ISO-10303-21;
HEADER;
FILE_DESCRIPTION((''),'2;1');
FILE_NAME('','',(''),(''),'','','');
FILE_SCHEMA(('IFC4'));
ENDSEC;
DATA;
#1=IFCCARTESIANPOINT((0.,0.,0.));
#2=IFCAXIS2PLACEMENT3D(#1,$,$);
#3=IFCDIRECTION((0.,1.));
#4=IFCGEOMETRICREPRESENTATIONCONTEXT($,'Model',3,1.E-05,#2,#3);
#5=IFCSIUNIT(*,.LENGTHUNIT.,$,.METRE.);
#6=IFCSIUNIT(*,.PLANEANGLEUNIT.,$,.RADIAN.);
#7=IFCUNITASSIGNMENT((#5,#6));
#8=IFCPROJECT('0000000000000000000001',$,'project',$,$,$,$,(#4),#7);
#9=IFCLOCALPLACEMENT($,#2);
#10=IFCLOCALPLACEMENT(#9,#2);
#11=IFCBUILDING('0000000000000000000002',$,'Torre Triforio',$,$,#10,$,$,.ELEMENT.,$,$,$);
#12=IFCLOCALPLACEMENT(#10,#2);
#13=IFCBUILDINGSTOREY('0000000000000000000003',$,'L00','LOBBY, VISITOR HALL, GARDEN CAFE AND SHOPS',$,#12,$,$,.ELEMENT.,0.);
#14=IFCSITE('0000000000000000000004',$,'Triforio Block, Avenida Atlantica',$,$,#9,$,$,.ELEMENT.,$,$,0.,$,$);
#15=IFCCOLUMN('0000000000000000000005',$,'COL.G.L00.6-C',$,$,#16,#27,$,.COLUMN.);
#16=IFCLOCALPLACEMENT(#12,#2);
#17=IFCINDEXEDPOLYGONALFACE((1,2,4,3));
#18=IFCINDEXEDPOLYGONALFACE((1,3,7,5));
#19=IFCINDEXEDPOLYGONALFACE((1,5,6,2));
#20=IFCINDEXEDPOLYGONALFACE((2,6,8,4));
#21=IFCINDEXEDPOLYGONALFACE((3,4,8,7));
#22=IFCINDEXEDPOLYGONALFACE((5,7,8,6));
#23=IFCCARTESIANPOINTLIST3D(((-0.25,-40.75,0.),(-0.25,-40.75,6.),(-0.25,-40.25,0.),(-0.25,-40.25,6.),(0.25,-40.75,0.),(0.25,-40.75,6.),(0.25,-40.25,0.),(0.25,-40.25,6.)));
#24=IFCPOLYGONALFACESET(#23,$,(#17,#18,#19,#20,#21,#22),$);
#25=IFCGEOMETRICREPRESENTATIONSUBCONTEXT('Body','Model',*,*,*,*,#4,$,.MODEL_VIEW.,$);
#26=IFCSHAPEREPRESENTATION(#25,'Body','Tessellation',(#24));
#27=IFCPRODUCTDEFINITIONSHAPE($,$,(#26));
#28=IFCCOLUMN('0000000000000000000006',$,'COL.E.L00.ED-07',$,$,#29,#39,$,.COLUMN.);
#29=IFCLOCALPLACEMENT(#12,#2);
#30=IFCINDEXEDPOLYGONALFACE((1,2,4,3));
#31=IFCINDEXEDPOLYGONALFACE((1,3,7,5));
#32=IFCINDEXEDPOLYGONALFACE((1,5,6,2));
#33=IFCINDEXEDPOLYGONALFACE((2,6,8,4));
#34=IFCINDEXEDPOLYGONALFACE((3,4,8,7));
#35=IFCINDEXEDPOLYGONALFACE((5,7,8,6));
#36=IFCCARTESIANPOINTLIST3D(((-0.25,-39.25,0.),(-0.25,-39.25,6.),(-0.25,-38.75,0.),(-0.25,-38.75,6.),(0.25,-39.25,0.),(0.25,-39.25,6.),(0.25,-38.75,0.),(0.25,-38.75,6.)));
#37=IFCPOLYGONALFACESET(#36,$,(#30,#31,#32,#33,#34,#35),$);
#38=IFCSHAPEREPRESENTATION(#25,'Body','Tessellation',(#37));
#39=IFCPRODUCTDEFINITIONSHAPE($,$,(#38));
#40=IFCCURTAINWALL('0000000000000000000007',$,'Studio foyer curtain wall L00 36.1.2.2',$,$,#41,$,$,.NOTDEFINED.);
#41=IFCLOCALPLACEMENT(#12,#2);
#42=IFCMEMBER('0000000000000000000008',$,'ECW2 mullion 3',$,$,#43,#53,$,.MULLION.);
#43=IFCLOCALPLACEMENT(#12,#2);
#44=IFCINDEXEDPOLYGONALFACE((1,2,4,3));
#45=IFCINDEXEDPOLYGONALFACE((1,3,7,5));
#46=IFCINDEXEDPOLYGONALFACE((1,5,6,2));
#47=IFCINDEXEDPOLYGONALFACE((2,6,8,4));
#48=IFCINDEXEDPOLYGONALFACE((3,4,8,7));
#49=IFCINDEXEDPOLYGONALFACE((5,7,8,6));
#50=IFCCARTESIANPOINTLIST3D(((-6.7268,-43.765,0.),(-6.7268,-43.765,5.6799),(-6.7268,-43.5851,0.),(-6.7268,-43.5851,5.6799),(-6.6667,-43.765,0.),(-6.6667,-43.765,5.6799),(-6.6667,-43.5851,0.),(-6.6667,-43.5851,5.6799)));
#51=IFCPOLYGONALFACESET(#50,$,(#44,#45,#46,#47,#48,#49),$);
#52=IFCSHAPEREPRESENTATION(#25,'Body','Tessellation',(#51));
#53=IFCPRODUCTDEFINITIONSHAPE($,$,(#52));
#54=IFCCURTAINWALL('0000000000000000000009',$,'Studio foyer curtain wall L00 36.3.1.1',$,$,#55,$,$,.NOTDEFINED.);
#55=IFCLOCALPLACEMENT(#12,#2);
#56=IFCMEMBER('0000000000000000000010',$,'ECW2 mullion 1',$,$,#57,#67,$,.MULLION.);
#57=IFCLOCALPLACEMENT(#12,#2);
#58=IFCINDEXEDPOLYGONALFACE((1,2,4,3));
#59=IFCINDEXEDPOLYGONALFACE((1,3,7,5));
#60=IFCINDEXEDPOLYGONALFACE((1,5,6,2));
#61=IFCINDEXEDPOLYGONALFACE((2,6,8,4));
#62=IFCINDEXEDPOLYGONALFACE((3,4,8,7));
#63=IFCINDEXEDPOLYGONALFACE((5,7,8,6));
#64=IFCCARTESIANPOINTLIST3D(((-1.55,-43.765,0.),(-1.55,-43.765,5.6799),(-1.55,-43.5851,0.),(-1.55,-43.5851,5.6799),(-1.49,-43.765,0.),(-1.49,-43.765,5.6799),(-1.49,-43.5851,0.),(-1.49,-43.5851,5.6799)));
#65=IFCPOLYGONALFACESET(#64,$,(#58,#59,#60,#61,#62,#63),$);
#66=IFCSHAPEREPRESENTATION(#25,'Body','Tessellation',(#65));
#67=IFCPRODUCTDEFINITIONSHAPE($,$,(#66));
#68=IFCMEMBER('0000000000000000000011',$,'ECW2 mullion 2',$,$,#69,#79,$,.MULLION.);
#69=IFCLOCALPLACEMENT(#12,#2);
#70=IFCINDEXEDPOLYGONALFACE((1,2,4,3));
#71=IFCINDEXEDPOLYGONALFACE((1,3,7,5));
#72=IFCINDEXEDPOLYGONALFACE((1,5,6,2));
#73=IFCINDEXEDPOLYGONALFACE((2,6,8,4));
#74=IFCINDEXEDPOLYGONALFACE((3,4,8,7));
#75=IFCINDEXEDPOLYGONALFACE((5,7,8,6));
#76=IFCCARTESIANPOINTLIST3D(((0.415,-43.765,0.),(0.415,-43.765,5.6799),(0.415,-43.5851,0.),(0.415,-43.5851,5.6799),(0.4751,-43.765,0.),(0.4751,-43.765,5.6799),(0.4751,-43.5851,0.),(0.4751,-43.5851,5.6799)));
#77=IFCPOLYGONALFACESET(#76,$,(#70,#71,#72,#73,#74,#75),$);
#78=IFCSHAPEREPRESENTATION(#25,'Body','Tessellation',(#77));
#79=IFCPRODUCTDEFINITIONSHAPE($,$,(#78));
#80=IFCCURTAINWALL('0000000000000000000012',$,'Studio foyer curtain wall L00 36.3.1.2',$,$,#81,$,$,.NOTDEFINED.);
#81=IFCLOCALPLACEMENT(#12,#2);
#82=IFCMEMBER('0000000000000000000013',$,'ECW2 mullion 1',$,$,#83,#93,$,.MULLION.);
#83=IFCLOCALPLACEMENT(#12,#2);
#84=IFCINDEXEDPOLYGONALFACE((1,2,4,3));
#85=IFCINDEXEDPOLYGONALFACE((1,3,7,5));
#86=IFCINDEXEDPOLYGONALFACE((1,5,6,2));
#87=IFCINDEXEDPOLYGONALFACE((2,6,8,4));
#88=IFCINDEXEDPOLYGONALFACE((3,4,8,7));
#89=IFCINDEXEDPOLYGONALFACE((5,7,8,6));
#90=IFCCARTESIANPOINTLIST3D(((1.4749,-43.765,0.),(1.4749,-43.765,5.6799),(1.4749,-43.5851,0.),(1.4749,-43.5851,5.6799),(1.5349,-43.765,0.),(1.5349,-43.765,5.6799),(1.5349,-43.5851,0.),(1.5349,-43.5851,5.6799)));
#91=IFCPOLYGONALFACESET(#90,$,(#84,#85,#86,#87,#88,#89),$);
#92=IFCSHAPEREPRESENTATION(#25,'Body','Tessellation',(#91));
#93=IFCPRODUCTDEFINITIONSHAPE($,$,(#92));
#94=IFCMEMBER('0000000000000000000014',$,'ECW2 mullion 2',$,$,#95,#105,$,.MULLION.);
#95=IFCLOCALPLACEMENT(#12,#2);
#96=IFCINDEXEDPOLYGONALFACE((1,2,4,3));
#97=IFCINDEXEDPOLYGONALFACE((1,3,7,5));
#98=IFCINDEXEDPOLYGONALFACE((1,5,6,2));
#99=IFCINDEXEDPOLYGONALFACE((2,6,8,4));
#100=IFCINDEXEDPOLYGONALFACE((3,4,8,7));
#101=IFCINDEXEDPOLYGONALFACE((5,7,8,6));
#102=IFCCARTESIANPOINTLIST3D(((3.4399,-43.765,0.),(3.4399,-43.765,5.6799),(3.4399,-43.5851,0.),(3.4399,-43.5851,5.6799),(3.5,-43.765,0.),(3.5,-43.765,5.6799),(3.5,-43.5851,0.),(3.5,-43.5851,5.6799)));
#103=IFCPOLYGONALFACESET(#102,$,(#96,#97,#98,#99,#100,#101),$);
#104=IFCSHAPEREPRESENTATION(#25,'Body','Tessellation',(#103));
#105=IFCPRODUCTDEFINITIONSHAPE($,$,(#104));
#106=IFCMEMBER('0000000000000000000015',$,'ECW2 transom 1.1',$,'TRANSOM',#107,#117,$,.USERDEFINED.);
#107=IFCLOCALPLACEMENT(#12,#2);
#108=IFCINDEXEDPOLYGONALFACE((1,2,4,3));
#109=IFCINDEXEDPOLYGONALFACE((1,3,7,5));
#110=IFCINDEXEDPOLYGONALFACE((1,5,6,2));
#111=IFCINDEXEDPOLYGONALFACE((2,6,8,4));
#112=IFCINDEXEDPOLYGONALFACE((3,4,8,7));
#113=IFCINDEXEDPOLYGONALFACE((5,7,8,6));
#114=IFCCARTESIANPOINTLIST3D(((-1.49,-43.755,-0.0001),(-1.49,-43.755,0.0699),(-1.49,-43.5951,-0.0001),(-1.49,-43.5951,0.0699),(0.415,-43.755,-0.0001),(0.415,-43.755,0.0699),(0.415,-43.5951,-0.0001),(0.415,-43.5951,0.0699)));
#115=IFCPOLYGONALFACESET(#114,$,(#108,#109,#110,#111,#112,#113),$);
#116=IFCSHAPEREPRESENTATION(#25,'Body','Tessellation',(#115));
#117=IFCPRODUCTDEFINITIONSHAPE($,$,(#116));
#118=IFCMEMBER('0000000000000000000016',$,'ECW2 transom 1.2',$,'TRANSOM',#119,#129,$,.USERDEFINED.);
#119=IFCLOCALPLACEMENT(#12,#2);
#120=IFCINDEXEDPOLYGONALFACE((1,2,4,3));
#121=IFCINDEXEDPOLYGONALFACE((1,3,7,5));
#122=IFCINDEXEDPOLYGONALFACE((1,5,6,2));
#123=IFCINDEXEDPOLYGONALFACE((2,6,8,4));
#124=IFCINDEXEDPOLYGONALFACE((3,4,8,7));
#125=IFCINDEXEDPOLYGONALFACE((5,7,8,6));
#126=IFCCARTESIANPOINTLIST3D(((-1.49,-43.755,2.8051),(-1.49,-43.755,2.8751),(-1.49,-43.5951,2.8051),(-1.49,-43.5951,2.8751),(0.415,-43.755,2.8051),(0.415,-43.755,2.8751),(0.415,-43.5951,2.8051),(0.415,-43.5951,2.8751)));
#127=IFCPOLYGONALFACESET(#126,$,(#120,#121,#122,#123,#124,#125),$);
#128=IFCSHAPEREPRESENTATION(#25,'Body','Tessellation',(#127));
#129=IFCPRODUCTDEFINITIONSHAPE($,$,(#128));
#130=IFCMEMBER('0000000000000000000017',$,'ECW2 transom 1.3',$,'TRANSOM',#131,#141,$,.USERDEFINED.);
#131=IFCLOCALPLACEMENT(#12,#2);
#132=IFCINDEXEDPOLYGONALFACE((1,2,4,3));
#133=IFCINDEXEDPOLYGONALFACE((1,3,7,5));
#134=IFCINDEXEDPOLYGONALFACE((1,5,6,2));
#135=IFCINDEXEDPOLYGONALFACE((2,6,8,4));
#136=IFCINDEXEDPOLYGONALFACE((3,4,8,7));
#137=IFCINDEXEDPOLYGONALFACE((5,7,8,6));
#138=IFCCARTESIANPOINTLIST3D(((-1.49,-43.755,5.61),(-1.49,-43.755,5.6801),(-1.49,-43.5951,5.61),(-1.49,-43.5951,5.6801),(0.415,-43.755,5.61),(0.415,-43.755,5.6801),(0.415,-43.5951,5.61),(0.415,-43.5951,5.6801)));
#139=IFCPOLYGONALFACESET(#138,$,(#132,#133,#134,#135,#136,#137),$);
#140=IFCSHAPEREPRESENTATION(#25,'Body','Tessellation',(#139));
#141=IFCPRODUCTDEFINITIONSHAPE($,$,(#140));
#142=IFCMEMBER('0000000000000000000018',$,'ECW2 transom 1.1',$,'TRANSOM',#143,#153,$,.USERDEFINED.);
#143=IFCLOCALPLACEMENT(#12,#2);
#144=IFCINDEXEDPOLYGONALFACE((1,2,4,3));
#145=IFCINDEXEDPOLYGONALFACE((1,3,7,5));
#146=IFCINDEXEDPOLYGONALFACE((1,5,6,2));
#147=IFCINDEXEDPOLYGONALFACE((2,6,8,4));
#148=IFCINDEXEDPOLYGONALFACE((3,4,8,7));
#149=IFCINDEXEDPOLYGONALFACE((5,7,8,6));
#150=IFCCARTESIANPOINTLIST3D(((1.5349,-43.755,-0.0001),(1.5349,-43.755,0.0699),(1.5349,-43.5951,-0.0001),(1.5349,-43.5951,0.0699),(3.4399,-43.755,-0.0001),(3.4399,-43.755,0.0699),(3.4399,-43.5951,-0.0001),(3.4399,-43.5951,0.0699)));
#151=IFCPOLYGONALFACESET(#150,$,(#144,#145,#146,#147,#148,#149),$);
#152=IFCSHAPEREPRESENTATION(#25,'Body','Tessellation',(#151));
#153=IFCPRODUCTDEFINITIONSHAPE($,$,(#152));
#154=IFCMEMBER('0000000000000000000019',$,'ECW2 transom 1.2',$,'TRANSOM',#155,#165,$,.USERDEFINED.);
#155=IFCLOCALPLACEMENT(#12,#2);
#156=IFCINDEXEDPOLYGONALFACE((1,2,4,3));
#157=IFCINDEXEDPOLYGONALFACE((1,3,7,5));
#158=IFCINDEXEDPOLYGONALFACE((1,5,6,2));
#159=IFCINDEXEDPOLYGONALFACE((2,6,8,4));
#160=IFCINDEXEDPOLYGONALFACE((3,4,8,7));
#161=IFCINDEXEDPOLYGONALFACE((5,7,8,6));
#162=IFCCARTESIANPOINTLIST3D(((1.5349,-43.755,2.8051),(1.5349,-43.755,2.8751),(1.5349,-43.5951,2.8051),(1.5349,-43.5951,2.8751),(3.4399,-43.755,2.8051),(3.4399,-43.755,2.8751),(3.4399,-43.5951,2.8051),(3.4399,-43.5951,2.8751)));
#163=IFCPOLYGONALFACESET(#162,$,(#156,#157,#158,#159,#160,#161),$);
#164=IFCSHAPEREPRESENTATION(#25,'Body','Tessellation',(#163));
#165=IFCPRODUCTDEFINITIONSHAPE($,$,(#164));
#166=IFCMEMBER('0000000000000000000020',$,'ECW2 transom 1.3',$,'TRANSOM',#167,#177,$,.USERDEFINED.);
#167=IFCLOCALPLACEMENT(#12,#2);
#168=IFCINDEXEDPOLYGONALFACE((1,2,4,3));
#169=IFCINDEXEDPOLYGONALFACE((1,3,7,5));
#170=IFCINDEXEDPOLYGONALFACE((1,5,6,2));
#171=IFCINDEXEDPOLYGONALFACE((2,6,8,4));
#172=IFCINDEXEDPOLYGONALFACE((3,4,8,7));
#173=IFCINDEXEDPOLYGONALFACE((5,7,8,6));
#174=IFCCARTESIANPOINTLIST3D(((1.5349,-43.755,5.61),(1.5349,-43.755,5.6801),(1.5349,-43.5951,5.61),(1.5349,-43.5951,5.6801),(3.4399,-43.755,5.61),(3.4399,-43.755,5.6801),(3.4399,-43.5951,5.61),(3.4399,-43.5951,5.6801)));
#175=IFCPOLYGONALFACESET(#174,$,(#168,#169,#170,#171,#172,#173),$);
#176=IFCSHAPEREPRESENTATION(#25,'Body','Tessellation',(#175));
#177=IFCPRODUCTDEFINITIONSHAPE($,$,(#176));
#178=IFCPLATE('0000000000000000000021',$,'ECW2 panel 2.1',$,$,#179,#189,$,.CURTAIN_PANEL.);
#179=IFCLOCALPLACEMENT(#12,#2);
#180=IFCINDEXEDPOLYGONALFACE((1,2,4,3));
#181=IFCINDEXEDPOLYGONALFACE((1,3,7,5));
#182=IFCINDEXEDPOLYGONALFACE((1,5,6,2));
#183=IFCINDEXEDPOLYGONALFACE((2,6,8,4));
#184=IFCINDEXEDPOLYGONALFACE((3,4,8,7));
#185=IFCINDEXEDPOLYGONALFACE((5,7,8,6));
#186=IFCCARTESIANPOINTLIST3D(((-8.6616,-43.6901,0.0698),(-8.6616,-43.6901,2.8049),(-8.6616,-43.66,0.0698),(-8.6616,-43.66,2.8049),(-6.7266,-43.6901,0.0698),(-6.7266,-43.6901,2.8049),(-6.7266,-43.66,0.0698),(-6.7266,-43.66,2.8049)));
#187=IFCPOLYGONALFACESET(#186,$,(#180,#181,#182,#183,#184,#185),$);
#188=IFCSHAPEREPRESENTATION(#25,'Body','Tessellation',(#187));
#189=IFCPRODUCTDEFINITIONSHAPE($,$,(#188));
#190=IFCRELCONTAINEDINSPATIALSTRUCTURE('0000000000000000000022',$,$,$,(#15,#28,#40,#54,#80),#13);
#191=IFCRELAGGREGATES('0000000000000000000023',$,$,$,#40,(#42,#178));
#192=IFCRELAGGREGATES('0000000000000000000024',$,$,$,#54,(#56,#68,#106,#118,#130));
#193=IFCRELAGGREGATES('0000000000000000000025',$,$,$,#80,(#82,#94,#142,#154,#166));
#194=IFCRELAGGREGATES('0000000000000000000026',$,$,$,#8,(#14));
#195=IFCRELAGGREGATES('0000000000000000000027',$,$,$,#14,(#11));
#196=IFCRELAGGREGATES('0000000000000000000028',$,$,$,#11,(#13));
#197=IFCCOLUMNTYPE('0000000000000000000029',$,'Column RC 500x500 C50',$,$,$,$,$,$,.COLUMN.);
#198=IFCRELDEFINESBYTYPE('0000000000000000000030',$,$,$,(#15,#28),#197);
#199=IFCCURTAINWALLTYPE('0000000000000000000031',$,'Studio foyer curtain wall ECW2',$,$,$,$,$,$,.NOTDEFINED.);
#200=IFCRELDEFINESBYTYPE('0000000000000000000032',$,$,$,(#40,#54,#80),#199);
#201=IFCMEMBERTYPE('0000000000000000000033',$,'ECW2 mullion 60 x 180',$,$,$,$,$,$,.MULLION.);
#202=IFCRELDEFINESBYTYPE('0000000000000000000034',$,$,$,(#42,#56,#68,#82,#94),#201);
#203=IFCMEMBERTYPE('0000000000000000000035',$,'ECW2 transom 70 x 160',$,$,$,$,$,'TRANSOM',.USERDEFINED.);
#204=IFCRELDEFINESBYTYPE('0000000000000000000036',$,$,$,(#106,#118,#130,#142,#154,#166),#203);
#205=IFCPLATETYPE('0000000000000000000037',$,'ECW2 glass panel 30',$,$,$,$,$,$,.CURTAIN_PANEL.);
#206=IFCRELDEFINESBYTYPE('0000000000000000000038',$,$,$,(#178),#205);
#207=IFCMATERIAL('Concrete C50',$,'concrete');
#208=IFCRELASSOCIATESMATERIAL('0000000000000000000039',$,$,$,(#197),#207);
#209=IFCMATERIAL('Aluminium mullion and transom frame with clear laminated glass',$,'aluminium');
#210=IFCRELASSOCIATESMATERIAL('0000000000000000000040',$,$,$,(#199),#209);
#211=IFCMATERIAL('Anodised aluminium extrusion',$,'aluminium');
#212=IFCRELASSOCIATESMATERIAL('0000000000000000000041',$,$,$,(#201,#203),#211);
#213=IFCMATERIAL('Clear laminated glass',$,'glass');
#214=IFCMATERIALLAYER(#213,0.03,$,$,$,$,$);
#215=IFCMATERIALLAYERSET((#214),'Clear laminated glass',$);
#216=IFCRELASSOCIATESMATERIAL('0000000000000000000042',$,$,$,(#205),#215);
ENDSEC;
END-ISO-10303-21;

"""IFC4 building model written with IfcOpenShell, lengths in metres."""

from ifc_helpers import new_model, si_unit, direction, frame, origin, origin_2d, place, context, subcontext, project, spatial, rectangle, extrude, material, layer, layer_set, material_profile, profile_set, type_object, element, aggregate, save


model = new_model("IFC4")

# Units and contexts
model_context = context("Model", 3, precision=1e-05, world=origin(), true_north=direction((0.0, 1.0)))
body_context = subcontext(model_context, "Body", "Model", "MODEL_VIEW")
ifc_project = project(units=[si_unit("LENGTHUNIT", "METRE"), si_unit("PLANEANGLEUNIT", "RADIAN")], contexts=[model_context])

# Site, building, storey
site_placement = place(None, origin())
site = spatial("IfcSite", under=ifc_project, at=site_placement, Name="Triforio Block, Avenida Atlantica", CompositionType="ELEMENT", RefElevation=0.0)
building_placement = place(site_placement, origin())
building = spatial("IfcBuilding", under=site, at=building_placement, Name="Torre Triforio", CompositionType="ELEMENT")
storey_placement = place(building_placement, origin())
storey = spatial("IfcBuildingStorey", under=building, at=storey_placement, Name="L00", Description="LOBBY, VISITOR HALL, GARDEN CAFE AND SHOPS", CompositionType="ELEMENT", Elevation=0.0)

# Columns
ifc_material_1 = material(Name="Concrete C50", Category="concrete")
ifc_material_profile_1 = material_profile(ifc_material_1, rectangle(XDim=0.5, YDim=0.5, at=origin_2d()), Name="RC 500x500")
ifc_profile_set_1 = profile_set([ifc_material_profile_1], Name="Concrete C50")
column_type = type_object("IfcColumnType", Name="Column RC 500x500 C50", PredefinedType="COLUMN", material=ifc_profile_set_1)
for number, where, z_axis, x_axis, name in (
    (1, (0.0, -40.5, 0.0), (0.0, 0.0, 1.0), (1.0, 0.0, 0.0), "COL.G.L00.6-C"),
    (2, (0.0, -39.0, 0.0), (0.0, 0.0, 1.0), (1.0, 0.0, 0.0), "COL.E.L00.ED-07"),
):
    element("IfcColumn", number, at=place(storey_placement, frame(where, z_axis=z_axis, x_axis=x_axis)), inside=storey, type_object=column_type, Name=name, PredefinedType="COLUMN", context=body_context, shape_type="SweptSolid", body=[
        extrude(rectangle(XDim=0.5, YDim=0.5, at=origin_2d()), origin(), (0.0, 0.0, 1.0), 6.0),
    ])

# Curtain wall, member
ifc_material_2 = material(Name="Aluminium mullion and transom frame with clear laminated glass", Category="aluminium")
curtain_wall_type = type_object("IfcCurtainWallType", Name="Studio foyer curtain wall ECW2", PredefinedType="NOTDEFINED", material=ifc_material_2)
curtain_wall_1_placement = place(storey_placement, origin())
curtain_wall_1 = element("IfcCurtainWall", 3, at=curtain_wall_1_placement, inside=storey, type_object=curtain_wall_type, Name="Studio foyer curtain wall L00 36.1.2.2", PredefinedType="NOTDEFINED")
ifc_material_3 = material(Name="Anodised aluminium extrusion", Category="aluminium")
ifc_material_profile_2 = material_profile(ifc_material_3, rectangle(XDim=0.1799, YDim=0.0601, at=origin_2d()), Name="ECW2 MULLION 60x180")
ifc_profile_set_2 = profile_set([ifc_material_profile_2], Name="Anodised aluminium extrusion")
member_type_1 = type_object("IfcMemberType", Name="ECW2 mullion 60 x 180", PredefinedType="MULLION", material=ifc_profile_set_2)
member_1_placement = place(storey_placement, frame((-6.6968, -43.675, 0.0), z_axis=(0.0, 0.0, 1.0), x_axis=(0.0, 1.0, 0.0)))
member_1 = element("IfcMember", 4, at=member_1_placement, type_object=member_type_1, Name="ECW2 mullion 3", PredefinedType="MULLION", context=body_context, shape_type="SweptSolid", body=[
    extrude(rectangle(XDim=0.1799, YDim=0.0601, at=origin_2d()), origin(), (0.0, 0.0, 1.0), 5.6799),
])

# Curtain walls, members
curtain_wall_2_placement = place(storey_placement, origin())
curtain_wall_2 = element("IfcCurtainWall", 5, at=curtain_wall_2_placement, inside=storey, type_object=curtain_wall_type, Name="Studio foyer curtain wall L00 36.3.1.1", PredefinedType="NOTDEFINED")
member_2_placement = place(storey_placement, frame((-1.52, -43.675, 0.0), z_axis=(0.0, 0.0, 1.0), x_axis=(0.0, 1.0, 0.0)))
member_2 = element("IfcMember", 6, at=member_2_placement, type_object=member_type_1, Name="ECW2 mullion 1", PredefinedType="MULLION", context=body_context, shape_type="SweptSolid", body=[
    extrude(rectangle(XDim=0.1799, YDim=0.0601, at=origin_2d()), origin(), (0.0, 0.0, 1.0), 5.6799),
])
member_3_placement = place(storey_placement, frame((0.4451, -43.675, 0.0), z_axis=(0.0, 0.0, 1.0), x_axis=(0.0, 1.0, 0.0)))
member_3 = element("IfcMember", 7, at=member_3_placement, type_object=member_type_1, Name="ECW2 mullion 2", PredefinedType="MULLION", context=body_context, shape_type="SweptSolid", body=[
    extrude(rectangle(XDim=0.1799, YDim=0.0601, at=origin_2d()), origin(), (0.0, 0.0, 1.0), 5.6799),
])
curtain_wall_3_placement = place(storey_placement, origin())
curtain_wall_3 = element("IfcCurtainWall", 8, at=curtain_wall_3_placement, inside=storey, type_object=curtain_wall_type, Name="Studio foyer curtain wall L00 36.3.1.2", PredefinedType="NOTDEFINED")
member_4_placement = place(storey_placement, frame((1.5049, -43.675, 0.0), z_axis=(0.0, 0.0, 1.0), x_axis=(0.0, 1.0, 0.0)))
member_4 = element("IfcMember", 9, at=member_4_placement, type_object=member_type_1, Name="ECW2 mullion 1", PredefinedType="MULLION", context=body_context, shape_type="SweptSolid", body=[
    extrude(rectangle(XDim=0.1799, YDim=0.0601, at=origin_2d()), origin(), (0.0, 0.0, 1.0), 5.6799),
])
member_5_placement = place(storey_placement, frame((3.47, -43.675, 0.0), z_axis=(0.0, 0.0, 1.0), x_axis=(0.0, 1.0, 0.0)))
member_5 = element("IfcMember", 10, at=member_5_placement, type_object=member_type_1, Name="ECW2 mullion 2", PredefinedType="MULLION", context=body_context, shape_type="SweptSolid", body=[
    extrude(rectangle(XDim=0.1799, YDim=0.0601, at=origin_2d()), origin(), (0.0, 0.0, 1.0), 5.6799),
])

# Members
ifc_material_profile_3 = material_profile(ifc_material_3, rectangle(XDim=0.1599, YDim=0.0701, at=origin_2d()), Name="ECW2 TRANSOM 70x160")
ifc_profile_set_3 = profile_set([ifc_material_profile_3], Name="Anodised aluminium extrusion")
member_type_2 = type_object("IfcMemberType", Name="ECW2 transom 70 x 160", ElementType="TRANSOM", PredefinedType="USERDEFINED", material=ifc_profile_set_3)
member_6_placement = place(storey_placement, frame((-1.49, -43.675, 0.0349), z_axis=(1.0, 0.0, 0.0), x_axis=(0.0, 1.0, 0.0)))
member_6 = element("IfcMember", 11, at=member_6_placement, type_object=member_type_2, Name="ECW2 transom 1.1", ObjectType="TRANSOM", PredefinedType="USERDEFINED", context=body_context, shape_type="SweptSolid", body=[
    extrude(rectangle(XDim=0.1599, YDim=0.0701, at=origin_2d()), origin(), (0.0, 0.0, 1.0), 1.905),
])
member_7_placement = place(storey_placement, frame((-1.49, -43.675, 2.8401), z_axis=(1.0, 0.0, 0.0), x_axis=(0.0, 1.0, 0.0)))
member_7 = element("IfcMember", 12, at=member_7_placement, type_object=member_type_2, Name="ECW2 transom 1.2", ObjectType="TRANSOM", PredefinedType="USERDEFINED", context=body_context, shape_type="SweptSolid", body=[
    extrude(rectangle(XDim=0.1599, YDim=0.0701, at=origin_2d()), origin(), (0.0, 0.0, 1.0), 1.905),
])
member_8_placement = place(storey_placement, frame((-1.49, -43.675, 5.645), z_axis=(1.0, 0.0, 0.0), x_axis=(0.0, 1.0, 0.0)))
member_8 = element("IfcMember", 13, at=member_8_placement, type_object=member_type_2, Name="ECW2 transom 1.3", ObjectType="TRANSOM", PredefinedType="USERDEFINED", context=body_context, shape_type="SweptSolid", body=[
    extrude(rectangle(XDim=0.1599, YDim=0.0701, at=origin_2d()), origin(), (0.0, 0.0, 1.0), 1.905),
])
member_9_placement = place(storey_placement, frame((1.5349, -43.675, 0.0349), z_axis=(1.0, 0.0, 0.0), x_axis=(0.0, 1.0, 0.0)))
member_9 = element("IfcMember", 14, at=member_9_placement, type_object=member_type_2, Name="ECW2 transom 1.1", ObjectType="TRANSOM", PredefinedType="USERDEFINED", context=body_context, shape_type="SweptSolid", body=[
    extrude(rectangle(XDim=0.1599, YDim=0.0701, at=origin_2d()), origin(), (0.0, 0.0, 1.0), 1.905),
])
member_10_placement = place(storey_placement, frame((1.5349, -43.675, 2.8401), z_axis=(1.0, 0.0, 0.0), x_axis=(0.0, 1.0, 0.0)))
member_10 = element("IfcMember", 15, at=member_10_placement, type_object=member_type_2, Name="ECW2 transom 1.2", ObjectType="TRANSOM", PredefinedType="USERDEFINED", context=body_context, shape_type="SweptSolid", body=[
    extrude(rectangle(XDim=0.1599, YDim=0.0701, at=origin_2d()), origin(), (0.0, 0.0, 1.0), 1.905),
])
member_11_placement = place(storey_placement, frame((1.5349, -43.675, 5.645), z_axis=(1.0, 0.0, 0.0), x_axis=(0.0, 1.0, 0.0)))
member_11 = element("IfcMember", 16, at=member_11_placement, type_object=member_type_2, Name="ECW2 transom 1.3", ObjectType="TRANSOM", PredefinedType="USERDEFINED", context=body_context, shape_type="SweptSolid", body=[
    extrude(rectangle(XDim=0.1599, YDim=0.0701, at=origin_2d()), origin(), (0.0, 0.0, 1.0), 1.905),
])

# Plate
ifc_material_4 = material(Name="Clear laminated glass", Category="glass")
ifc_layer_1 = layer(ifc_material_4, 0.03)
ifc_layer_set_1 = layer_set([ifc_layer_1], Name="Clear laminated glass")
plate_type_1 = type_object("IfcPlateType", Name="ECW2 glass panel 30", PredefinedType="CURTAIN_PANEL", material=ifc_layer_set_1)
plate_1_placement = place(storey_placement, frame((-7.6941, -43.675, 0.0698), z_axis=(0.0, 0.0, 1.0), x_axis=(1.0, 0.0, 0.0)))
plate_1 = element("IfcPlate", 17, at=plate_1_placement, type_object=plate_type_1, Name="ECW2 panel 2.1", PredefinedType="CURTAIN_PANEL", context=body_context, shape_type="SweptSolid", body=[
    extrude(rectangle(XDim=1.9351, YDim=0.03, at=origin_2d()), origin(), (0.0, 0.0, 1.0), 2.7351),
])
aggregate(curtain_wall_1, [member_1, plate_1])
aggregate(curtain_wall_2, [member_2, member_3, member_6, member_7, member_8])
aggregate(curtain_wall_3, [member_4, member_5, member_9, member_10, member_11])

save(model, "model.ifc")
